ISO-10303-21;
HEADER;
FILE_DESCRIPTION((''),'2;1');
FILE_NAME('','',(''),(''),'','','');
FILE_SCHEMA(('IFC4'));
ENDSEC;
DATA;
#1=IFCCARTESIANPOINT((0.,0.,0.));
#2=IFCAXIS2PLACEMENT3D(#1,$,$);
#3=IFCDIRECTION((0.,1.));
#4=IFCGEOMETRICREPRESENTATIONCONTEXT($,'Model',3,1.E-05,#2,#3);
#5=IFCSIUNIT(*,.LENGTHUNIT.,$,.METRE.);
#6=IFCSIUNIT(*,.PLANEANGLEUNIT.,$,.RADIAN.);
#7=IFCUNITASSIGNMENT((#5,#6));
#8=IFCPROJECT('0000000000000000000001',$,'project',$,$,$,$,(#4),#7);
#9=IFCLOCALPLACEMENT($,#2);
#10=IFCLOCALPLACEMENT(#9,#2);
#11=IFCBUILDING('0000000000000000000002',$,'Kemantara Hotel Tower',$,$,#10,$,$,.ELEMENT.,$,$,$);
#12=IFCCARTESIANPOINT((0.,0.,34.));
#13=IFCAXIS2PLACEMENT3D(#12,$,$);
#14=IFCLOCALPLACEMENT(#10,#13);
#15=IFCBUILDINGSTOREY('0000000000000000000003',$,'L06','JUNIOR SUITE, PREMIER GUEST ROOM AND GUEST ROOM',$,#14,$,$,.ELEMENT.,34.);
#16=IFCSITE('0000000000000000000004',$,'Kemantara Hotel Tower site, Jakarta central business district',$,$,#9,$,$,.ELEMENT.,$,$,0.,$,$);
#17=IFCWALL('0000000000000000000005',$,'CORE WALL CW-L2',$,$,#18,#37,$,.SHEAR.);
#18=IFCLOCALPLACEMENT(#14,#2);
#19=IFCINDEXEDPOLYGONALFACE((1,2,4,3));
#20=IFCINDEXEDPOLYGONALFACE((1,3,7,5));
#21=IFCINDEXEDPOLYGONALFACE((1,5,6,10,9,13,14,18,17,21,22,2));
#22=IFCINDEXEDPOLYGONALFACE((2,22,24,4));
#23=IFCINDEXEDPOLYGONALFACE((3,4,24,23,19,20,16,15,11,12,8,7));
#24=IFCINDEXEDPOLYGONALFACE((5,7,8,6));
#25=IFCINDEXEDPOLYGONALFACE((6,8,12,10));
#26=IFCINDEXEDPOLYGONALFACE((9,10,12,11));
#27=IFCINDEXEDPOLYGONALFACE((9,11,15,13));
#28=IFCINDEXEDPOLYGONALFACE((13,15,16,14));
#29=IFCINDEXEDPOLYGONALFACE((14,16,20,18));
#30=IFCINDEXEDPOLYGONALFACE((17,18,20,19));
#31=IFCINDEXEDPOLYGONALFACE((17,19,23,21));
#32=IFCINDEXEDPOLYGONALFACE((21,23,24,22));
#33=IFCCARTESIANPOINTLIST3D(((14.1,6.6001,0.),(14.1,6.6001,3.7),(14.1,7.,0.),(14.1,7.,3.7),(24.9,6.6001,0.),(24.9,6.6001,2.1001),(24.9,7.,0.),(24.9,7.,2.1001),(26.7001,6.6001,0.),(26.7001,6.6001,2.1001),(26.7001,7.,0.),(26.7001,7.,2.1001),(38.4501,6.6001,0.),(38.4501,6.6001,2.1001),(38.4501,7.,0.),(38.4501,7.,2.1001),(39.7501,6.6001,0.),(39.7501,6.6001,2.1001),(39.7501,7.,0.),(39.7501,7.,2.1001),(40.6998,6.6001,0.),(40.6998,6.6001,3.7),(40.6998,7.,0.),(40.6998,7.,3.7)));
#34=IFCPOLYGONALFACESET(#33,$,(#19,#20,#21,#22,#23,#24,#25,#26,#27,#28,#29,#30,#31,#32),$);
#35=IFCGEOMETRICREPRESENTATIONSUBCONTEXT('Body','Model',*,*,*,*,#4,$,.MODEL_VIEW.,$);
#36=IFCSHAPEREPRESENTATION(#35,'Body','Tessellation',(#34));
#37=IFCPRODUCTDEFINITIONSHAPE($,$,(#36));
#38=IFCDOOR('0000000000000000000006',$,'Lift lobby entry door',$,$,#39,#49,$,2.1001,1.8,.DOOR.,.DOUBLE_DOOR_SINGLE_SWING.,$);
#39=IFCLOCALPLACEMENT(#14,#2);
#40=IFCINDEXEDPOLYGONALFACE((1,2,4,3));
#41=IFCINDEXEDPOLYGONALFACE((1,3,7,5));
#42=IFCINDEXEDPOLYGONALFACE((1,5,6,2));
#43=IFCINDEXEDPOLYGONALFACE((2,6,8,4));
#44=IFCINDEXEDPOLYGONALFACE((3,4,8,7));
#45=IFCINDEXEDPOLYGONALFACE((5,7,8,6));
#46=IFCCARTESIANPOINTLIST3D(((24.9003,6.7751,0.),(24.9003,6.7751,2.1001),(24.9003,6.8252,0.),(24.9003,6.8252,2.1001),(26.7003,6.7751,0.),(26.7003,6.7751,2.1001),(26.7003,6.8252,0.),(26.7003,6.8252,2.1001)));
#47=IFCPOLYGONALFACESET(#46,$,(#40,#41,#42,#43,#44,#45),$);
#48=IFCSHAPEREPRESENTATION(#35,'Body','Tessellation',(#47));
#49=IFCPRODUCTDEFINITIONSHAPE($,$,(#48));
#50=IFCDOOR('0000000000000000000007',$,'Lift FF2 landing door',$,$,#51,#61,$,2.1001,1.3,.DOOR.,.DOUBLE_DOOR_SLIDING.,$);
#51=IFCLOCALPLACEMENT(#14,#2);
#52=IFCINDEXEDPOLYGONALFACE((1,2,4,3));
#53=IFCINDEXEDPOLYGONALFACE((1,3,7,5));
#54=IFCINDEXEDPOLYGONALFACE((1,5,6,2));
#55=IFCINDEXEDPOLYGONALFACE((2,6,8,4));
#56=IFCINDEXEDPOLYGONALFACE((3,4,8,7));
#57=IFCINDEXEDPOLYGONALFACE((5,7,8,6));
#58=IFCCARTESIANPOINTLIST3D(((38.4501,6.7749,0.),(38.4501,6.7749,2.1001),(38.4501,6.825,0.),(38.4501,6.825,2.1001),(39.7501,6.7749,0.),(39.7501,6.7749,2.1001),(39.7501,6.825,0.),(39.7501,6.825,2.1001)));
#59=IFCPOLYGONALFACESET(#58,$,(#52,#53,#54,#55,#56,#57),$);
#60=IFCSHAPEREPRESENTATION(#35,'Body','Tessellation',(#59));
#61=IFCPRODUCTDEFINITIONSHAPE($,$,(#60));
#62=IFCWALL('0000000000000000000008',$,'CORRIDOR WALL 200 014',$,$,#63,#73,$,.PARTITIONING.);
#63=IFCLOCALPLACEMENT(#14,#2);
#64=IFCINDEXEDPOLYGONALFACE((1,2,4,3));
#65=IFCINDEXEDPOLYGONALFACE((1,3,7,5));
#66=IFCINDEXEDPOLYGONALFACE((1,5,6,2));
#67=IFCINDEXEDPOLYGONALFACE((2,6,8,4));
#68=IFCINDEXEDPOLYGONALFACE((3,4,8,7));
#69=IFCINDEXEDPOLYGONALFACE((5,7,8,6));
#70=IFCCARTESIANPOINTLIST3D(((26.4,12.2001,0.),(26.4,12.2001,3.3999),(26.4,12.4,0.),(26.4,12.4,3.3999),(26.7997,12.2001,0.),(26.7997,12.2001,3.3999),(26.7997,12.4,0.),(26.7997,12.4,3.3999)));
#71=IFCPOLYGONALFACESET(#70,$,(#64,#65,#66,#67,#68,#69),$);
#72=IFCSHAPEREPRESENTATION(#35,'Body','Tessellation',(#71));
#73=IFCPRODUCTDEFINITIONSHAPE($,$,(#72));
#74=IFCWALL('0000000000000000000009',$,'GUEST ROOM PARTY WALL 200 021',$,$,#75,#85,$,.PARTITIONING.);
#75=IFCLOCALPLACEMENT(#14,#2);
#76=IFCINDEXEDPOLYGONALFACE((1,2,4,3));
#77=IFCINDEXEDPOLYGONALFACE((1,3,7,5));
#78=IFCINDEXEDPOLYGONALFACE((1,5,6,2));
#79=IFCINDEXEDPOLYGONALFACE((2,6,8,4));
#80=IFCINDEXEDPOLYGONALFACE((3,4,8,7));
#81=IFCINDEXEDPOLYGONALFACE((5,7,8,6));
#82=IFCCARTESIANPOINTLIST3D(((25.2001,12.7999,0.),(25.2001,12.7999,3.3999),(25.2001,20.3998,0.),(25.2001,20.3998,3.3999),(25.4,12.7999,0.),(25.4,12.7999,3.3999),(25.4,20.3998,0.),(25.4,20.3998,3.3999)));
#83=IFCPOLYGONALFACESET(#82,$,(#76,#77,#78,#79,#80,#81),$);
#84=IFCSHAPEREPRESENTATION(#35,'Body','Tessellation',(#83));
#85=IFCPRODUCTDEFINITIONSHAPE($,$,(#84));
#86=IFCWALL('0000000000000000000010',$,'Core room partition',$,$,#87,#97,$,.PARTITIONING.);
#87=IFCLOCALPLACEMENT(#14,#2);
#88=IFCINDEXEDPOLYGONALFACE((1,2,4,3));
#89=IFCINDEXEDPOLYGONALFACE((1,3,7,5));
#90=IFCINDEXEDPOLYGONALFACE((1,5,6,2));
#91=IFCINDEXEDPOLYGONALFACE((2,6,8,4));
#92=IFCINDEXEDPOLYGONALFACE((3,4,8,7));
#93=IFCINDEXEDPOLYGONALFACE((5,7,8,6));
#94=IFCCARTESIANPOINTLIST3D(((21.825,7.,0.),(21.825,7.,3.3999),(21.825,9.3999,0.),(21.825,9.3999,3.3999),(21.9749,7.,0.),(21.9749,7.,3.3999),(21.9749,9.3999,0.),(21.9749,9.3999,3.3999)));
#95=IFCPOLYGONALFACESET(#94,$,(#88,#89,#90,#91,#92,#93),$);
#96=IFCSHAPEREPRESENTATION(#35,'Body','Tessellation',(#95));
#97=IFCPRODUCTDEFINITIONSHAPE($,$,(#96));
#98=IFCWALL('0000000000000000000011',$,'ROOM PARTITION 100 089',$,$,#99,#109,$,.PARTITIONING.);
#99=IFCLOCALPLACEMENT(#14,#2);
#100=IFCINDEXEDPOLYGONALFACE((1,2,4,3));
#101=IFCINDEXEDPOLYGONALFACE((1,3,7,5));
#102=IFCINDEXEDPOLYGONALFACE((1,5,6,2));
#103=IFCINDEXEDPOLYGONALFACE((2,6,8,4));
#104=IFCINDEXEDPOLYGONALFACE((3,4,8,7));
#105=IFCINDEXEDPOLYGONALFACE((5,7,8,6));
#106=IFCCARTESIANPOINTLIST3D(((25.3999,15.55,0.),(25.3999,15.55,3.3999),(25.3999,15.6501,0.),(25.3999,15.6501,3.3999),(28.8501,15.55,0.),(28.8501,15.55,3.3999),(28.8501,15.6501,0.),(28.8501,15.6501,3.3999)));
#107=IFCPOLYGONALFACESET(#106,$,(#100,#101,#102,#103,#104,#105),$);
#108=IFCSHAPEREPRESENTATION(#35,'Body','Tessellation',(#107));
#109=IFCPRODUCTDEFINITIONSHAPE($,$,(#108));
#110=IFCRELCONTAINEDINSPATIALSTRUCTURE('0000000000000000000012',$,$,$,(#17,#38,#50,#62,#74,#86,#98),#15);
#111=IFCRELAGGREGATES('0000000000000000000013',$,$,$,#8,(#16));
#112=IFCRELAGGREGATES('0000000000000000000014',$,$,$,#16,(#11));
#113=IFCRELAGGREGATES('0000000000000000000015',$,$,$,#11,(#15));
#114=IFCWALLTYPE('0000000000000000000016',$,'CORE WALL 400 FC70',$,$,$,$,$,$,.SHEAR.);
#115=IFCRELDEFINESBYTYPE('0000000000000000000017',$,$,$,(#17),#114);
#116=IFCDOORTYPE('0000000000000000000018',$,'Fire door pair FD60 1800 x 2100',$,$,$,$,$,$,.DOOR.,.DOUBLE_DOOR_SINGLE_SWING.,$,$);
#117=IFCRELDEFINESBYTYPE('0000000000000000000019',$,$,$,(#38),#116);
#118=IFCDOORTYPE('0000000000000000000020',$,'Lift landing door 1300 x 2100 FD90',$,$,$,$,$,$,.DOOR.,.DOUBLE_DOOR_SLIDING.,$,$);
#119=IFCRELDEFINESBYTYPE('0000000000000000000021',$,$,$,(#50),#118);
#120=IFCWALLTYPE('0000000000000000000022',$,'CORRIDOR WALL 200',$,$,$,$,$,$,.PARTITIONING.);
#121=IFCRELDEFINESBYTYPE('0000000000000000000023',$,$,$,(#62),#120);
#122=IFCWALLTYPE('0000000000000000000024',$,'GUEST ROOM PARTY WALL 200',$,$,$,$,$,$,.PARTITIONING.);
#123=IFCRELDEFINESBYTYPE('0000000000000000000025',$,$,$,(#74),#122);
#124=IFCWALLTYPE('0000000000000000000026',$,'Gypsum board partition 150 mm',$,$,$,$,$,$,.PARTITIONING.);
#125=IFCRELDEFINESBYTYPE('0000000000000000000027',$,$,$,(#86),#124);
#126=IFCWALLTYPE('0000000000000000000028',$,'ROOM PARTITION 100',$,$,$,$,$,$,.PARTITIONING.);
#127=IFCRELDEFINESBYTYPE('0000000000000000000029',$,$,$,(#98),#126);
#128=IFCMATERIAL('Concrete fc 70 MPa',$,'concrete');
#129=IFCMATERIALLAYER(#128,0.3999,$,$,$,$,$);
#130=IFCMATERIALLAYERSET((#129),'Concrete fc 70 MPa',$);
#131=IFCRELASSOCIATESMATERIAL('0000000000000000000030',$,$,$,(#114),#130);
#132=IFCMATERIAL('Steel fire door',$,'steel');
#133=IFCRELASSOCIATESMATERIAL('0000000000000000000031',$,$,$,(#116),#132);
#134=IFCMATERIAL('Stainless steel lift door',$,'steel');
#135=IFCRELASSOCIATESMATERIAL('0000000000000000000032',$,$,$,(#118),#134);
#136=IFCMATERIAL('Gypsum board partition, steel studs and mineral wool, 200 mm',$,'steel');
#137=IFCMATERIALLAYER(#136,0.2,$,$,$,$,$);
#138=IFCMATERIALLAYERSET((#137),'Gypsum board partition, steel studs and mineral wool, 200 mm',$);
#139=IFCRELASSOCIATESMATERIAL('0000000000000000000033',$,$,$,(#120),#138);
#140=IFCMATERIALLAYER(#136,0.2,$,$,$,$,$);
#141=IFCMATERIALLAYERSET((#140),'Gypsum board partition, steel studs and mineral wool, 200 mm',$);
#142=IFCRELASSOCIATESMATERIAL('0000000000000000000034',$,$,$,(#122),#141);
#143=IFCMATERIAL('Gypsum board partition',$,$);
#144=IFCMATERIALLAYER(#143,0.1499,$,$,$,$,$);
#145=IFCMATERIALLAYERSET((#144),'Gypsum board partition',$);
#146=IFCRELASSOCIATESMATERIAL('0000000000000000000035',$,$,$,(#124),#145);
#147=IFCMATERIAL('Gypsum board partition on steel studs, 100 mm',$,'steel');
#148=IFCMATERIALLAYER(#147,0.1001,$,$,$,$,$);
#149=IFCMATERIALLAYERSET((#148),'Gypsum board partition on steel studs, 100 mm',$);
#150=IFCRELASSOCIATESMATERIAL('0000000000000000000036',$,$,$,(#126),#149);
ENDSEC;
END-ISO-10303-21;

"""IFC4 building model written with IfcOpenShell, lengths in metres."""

from ifc_helpers import new_model, si_unit, direction, frame, frame_2d, origin, place, context, subcontext, project, spatial, rectangle, extrude, material, layer, layer_set, type_object, element, fill, save


model = new_model("IFC4")

# Units and contexts
model_context = context("Model", 3, precision=1e-05, world=origin(), true_north=direction((0.0, 1.0)))
body_context = subcontext(model_context, "Body", "Model", "MODEL_VIEW")
ifc_project = project(units=[si_unit("LENGTHUNIT", "METRE"), si_unit("PLANEANGLEUNIT", "RADIAN")], contexts=[model_context])

# Site, building, storey
site_placement = place(None, origin())
site = spatial("IfcSite", under=ifc_project, at=site_placement, Name="Kemantara Hotel Tower site, Jakarta central business district", CompositionType="ELEMENT", RefElevation=0.0)
building_placement = place(site_placement, origin())
building = spatial("IfcBuilding", under=site, at=building_placement, Name="Kemantara Hotel Tower", CompositionType="ELEMENT")
storey_placement = place(building_placement, frame((0.0, 0.0, 34.0)))
storey = spatial("IfcBuildingStorey", under=building, at=storey_placement, Name="L06", Description="JUNIOR SUITE, PREMIER GUEST ROOM AND GUEST ROOM", CompositionType="ELEMENT", Elevation=34.0)

# Shared definitions
ifc_material_1 = material(Name="Concrete fc 70 MPa", Category="concrete")

# Shared definitions
ifc_layer_1 = layer(ifc_material_1, 0.3999)
ifc_layer_set_1 = layer_set([ifc_layer_1], Name="Concrete fc 70 MPa")
wall_type_1 = type_object("IfcWallType", Name="CORE WALL 400 FC70", PredefinedType="SHEAR", material=ifc_layer_set_1)
ifc_material_2 = material(Name="Steel fire door", Category="steel")

# Wall, openings, doors
wall_1_placement = place(storey_placement, frame((14.1001, 6.8, 0.0), z_axis=(0.0, 0.0, 1.0), x_axis=(1.0, 0.0, 0.0)))
wall_1 = element("IfcWall", 1, at=wall_1_placement, inside=storey, type_object=wall_type_1, Name="CORE WALL CW-L2", PredefinedType="SHEAR", context=body_context, shape_type="SweptSolid", body=[
    extrude(rectangle(XDim=26.5999, YDim=0.3999, at=frame_2d((13.2998, 0.0))), origin(), (0.0, 0.0, 1.0), 3.7),
])
opening_1_placement = place(wall_1_placement, frame((10.8, 0.0, 0.0)))
opening_1 = element("IfcOpeningElement", 2, at=opening_1_placement, cuts=wall_1, PredefinedType="OPENING", context=body_context, shape_type="SweptSolid", body=[
    extrude(rectangle(XDim=1.8, YDim=2.1001, at=frame_2d((0.8999, 1.05))), frame((0.0, 0.21, 0.0), z_axis=(0.0, -1.0, 0.0), x_axis=(1.0, 0.0, 0.0)), (0.0, 0.0, 1.0), 0.4199),
])
opening_2_placement = place(wall_1_placement, frame((24.3501, 0.0, 0.0)))
opening_2 = element("IfcOpeningElement", 3, at=opening_2_placement, cuts=wall_1, PredefinedType="OPENING", context=body_context, shape_type="SweptSolid", body=[
    extrude(rectangle(XDim=1.3, YDim=2.1001, at=frame_2d((0.6499, 1.05))), frame((0.0, 0.21, 0.0), z_axis=(0.0, -1.0, 0.0), x_axis=(1.0, 0.0, 0.0)), (0.0, 0.0, 1.0), 0.4199),
])
door_type_1 = type_object("IfcDoorType", Name="Fire door pair FD60 1800 x 2100", OperationType="DOUBLE_DOOR_SINGLE_SWING", PredefinedType="DOOR", material=ifc_material_2)
door_1_placement = place(opening_1_placement, frame((1.8, 0.0, 0.0), z_axis=(0.0, 0.0, 1.0), x_axis=(-1.0, 0.0, 0.0)))
door_1 = element("IfcDoor", 4, at=door_1_placement, inside=storey, type_object=door_type_1, Name="Lift lobby entry door", OperationType="DOUBLE_DOOR_SINGLE_SWING", OverallHeight=2.1001, OverallWidth=1.8, PredefinedType="DOOR", context=body_context, shape_type="SweptSolid", body=[
    extrude(rectangle(XDim=1.8, YDim=2.1001, at=frame_2d((0.8999, 1.05))), frame((0.0, 0.0249, 0.0), z_axis=(0.0, -1.0, 0.0), x_axis=(1.0, 0.0, 0.0)), (0.0, 0.0, 1.0), 0.05),
])
fill(opening_1, door_1)
ifc_material_3 = material(Name="Stainless steel lift door", Category="steel")
door_type_2 = type_object("IfcDoorType", Name="Lift landing door 1300 x 2100 FD90", OperationType="DOUBLE_DOOR_SLIDING", PredefinedType="DOOR", material=ifc_material_3)
door_2_placement = place(opening_2_placement, origin())
door_2 = element("IfcDoor", 5, at=door_2_placement, inside=storey, type_object=door_type_2, Name="Lift FF2 landing door", OperationType="DOUBLE_DOOR_SLIDING", OverallHeight=2.1001, OverallWidth=1.3, PredefinedType="DOOR", context=body_context, shape_type="SweptSolid", body=[
    extrude(rectangle(XDim=1.3, YDim=2.1001, at=frame_2d((0.6499, 1.05))), frame((0.0, 0.0249, 0.0), z_axis=(0.0, -1.0, 0.0), x_axis=(1.0, 0.0, 0.0)), (0.0, 0.0, 1.0), 0.05),
])
fill(opening_2, door_2)

# Walls
ifc_material_4 = material(Name="Gypsum board partition, steel studs and mineral wool, 200 mm", Category="steel")
ifc_layer_2 = layer(ifc_material_4, 0.2)
ifc_layer_set_2 = layer_set([ifc_layer_2], Name="Gypsum board partition, steel studs and mineral wool, 200 mm")
wall_type_2 = type_object("IfcWallType", Name="CORRIDOR WALL 200", PredefinedType="PARTITIONING", material=ifc_layer_set_2)
wall_2_placement = place(storey_placement, frame((26.4001, 12.3, 0.0), z_axis=(0.0, 0.0, 1.0), x_axis=(1.0, 0.0, 0.0)))
element("IfcWall", 6, at=wall_2_placement, inside=storey, type_object=wall_type_2, Name="CORRIDOR WALL 200 014", PredefinedType="PARTITIONING", context=body_context, shape_type="SweptSolid", body=[
    extrude(rectangle(XDim=0.3997, YDim=0.2, at=frame_2d((0.1997, 0.0))), origin(), (0.0, 0.0, 1.0), 3.3999),
])
ifc_layer_3 = layer(ifc_material_4, 0.2)
ifc_layer_set_3 = layer_set([ifc_layer_3], Name="Gypsum board partition, steel studs and mineral wool, 200 mm")
wall_type_3 = type_object("IfcWallType", Name="GUEST ROOM PARTY WALL 200", PredefinedType="PARTITIONING", material=ifc_layer_set_3)
wall_3_placement = place(storey_placement, frame((25.3, 12.8, 0.0), z_axis=(0.0, 0.0, 1.0), x_axis=(0.0, 1.0, 0.0)))
element("IfcWall", 7, at=wall_3_placement, inside=storey, type_object=wall_type_3, Name="GUEST ROOM PARTY WALL 200 021", PredefinedType="PARTITIONING", context=body_context, shape_type="SweptSolid", body=[
    extrude(rectangle(XDim=7.5999, YDim=0.2, at=frame_2d((3.7998, 0.0))), origin(), (0.0, 0.0, 1.0), 3.3999),
])
ifc_material_5 = material(Name="Gypsum board partition")
ifc_layer_4 = layer(ifc_material_5, 0.1499)
ifc_layer_set_4 = layer_set([ifc_layer_4], Name="Gypsum board partition")
wall_type_4 = type_object("IfcWallType", Name="Gypsum board partition 150 mm", PredefinedType="PARTITIONING", material=ifc_layer_set_4)
wall_4_placement = place(storey_placement, frame((21.8999, 7.0, 0.0), z_axis=(0.0, 0.0, 1.0), x_axis=(0.0, 1.0, 0.0)))
element("IfcWall", 8, at=wall_4_placement, inside=storey, type_object=wall_type_4, Name="Core room partition", PredefinedType="PARTITIONING", context=body_context, shape_type="SweptSolid", body=[
    extrude(rectangle(XDim=2.3999, YDim=0.1499, at=frame_2d((1.2, 0.0))), origin(), (0.0, 0.0, 1.0), 3.3999),
])
ifc_material_6 = material(Name="Gypsum board partition on steel studs, 100 mm", Category="steel")
ifc_layer_5 = layer(ifc_material_6, 0.1001)
ifc_layer_set_5 = layer_set([ifc_layer_5], Name="Gypsum board partition on steel studs, 100 mm")
wall_type_5 = type_object("IfcWallType", Name="ROOM PARTITION 100", PredefinedType="PARTITIONING", material=ifc_layer_set_5)
wall_5_placement = place(storey_placement, frame((25.3999, 15.6001, 0.0), z_axis=(0.0, 0.0, 1.0), x_axis=(1.0, 0.0, 0.0)))
element("IfcWall", 9, at=wall_5_placement, inside=storey, type_object=wall_type_5, Name="ROOM PARTITION 100 089", PredefinedType="PARTITIONING", context=body_context, shape_type="SweptSolid", body=[
    extrude(rectangle(XDim=3.4502, YDim=0.1001, at=frame_2d((1.7251, 0.0))), origin(), (0.0, 0.0, 1.0), 3.3999),
])

save(model, "model.ifc")
